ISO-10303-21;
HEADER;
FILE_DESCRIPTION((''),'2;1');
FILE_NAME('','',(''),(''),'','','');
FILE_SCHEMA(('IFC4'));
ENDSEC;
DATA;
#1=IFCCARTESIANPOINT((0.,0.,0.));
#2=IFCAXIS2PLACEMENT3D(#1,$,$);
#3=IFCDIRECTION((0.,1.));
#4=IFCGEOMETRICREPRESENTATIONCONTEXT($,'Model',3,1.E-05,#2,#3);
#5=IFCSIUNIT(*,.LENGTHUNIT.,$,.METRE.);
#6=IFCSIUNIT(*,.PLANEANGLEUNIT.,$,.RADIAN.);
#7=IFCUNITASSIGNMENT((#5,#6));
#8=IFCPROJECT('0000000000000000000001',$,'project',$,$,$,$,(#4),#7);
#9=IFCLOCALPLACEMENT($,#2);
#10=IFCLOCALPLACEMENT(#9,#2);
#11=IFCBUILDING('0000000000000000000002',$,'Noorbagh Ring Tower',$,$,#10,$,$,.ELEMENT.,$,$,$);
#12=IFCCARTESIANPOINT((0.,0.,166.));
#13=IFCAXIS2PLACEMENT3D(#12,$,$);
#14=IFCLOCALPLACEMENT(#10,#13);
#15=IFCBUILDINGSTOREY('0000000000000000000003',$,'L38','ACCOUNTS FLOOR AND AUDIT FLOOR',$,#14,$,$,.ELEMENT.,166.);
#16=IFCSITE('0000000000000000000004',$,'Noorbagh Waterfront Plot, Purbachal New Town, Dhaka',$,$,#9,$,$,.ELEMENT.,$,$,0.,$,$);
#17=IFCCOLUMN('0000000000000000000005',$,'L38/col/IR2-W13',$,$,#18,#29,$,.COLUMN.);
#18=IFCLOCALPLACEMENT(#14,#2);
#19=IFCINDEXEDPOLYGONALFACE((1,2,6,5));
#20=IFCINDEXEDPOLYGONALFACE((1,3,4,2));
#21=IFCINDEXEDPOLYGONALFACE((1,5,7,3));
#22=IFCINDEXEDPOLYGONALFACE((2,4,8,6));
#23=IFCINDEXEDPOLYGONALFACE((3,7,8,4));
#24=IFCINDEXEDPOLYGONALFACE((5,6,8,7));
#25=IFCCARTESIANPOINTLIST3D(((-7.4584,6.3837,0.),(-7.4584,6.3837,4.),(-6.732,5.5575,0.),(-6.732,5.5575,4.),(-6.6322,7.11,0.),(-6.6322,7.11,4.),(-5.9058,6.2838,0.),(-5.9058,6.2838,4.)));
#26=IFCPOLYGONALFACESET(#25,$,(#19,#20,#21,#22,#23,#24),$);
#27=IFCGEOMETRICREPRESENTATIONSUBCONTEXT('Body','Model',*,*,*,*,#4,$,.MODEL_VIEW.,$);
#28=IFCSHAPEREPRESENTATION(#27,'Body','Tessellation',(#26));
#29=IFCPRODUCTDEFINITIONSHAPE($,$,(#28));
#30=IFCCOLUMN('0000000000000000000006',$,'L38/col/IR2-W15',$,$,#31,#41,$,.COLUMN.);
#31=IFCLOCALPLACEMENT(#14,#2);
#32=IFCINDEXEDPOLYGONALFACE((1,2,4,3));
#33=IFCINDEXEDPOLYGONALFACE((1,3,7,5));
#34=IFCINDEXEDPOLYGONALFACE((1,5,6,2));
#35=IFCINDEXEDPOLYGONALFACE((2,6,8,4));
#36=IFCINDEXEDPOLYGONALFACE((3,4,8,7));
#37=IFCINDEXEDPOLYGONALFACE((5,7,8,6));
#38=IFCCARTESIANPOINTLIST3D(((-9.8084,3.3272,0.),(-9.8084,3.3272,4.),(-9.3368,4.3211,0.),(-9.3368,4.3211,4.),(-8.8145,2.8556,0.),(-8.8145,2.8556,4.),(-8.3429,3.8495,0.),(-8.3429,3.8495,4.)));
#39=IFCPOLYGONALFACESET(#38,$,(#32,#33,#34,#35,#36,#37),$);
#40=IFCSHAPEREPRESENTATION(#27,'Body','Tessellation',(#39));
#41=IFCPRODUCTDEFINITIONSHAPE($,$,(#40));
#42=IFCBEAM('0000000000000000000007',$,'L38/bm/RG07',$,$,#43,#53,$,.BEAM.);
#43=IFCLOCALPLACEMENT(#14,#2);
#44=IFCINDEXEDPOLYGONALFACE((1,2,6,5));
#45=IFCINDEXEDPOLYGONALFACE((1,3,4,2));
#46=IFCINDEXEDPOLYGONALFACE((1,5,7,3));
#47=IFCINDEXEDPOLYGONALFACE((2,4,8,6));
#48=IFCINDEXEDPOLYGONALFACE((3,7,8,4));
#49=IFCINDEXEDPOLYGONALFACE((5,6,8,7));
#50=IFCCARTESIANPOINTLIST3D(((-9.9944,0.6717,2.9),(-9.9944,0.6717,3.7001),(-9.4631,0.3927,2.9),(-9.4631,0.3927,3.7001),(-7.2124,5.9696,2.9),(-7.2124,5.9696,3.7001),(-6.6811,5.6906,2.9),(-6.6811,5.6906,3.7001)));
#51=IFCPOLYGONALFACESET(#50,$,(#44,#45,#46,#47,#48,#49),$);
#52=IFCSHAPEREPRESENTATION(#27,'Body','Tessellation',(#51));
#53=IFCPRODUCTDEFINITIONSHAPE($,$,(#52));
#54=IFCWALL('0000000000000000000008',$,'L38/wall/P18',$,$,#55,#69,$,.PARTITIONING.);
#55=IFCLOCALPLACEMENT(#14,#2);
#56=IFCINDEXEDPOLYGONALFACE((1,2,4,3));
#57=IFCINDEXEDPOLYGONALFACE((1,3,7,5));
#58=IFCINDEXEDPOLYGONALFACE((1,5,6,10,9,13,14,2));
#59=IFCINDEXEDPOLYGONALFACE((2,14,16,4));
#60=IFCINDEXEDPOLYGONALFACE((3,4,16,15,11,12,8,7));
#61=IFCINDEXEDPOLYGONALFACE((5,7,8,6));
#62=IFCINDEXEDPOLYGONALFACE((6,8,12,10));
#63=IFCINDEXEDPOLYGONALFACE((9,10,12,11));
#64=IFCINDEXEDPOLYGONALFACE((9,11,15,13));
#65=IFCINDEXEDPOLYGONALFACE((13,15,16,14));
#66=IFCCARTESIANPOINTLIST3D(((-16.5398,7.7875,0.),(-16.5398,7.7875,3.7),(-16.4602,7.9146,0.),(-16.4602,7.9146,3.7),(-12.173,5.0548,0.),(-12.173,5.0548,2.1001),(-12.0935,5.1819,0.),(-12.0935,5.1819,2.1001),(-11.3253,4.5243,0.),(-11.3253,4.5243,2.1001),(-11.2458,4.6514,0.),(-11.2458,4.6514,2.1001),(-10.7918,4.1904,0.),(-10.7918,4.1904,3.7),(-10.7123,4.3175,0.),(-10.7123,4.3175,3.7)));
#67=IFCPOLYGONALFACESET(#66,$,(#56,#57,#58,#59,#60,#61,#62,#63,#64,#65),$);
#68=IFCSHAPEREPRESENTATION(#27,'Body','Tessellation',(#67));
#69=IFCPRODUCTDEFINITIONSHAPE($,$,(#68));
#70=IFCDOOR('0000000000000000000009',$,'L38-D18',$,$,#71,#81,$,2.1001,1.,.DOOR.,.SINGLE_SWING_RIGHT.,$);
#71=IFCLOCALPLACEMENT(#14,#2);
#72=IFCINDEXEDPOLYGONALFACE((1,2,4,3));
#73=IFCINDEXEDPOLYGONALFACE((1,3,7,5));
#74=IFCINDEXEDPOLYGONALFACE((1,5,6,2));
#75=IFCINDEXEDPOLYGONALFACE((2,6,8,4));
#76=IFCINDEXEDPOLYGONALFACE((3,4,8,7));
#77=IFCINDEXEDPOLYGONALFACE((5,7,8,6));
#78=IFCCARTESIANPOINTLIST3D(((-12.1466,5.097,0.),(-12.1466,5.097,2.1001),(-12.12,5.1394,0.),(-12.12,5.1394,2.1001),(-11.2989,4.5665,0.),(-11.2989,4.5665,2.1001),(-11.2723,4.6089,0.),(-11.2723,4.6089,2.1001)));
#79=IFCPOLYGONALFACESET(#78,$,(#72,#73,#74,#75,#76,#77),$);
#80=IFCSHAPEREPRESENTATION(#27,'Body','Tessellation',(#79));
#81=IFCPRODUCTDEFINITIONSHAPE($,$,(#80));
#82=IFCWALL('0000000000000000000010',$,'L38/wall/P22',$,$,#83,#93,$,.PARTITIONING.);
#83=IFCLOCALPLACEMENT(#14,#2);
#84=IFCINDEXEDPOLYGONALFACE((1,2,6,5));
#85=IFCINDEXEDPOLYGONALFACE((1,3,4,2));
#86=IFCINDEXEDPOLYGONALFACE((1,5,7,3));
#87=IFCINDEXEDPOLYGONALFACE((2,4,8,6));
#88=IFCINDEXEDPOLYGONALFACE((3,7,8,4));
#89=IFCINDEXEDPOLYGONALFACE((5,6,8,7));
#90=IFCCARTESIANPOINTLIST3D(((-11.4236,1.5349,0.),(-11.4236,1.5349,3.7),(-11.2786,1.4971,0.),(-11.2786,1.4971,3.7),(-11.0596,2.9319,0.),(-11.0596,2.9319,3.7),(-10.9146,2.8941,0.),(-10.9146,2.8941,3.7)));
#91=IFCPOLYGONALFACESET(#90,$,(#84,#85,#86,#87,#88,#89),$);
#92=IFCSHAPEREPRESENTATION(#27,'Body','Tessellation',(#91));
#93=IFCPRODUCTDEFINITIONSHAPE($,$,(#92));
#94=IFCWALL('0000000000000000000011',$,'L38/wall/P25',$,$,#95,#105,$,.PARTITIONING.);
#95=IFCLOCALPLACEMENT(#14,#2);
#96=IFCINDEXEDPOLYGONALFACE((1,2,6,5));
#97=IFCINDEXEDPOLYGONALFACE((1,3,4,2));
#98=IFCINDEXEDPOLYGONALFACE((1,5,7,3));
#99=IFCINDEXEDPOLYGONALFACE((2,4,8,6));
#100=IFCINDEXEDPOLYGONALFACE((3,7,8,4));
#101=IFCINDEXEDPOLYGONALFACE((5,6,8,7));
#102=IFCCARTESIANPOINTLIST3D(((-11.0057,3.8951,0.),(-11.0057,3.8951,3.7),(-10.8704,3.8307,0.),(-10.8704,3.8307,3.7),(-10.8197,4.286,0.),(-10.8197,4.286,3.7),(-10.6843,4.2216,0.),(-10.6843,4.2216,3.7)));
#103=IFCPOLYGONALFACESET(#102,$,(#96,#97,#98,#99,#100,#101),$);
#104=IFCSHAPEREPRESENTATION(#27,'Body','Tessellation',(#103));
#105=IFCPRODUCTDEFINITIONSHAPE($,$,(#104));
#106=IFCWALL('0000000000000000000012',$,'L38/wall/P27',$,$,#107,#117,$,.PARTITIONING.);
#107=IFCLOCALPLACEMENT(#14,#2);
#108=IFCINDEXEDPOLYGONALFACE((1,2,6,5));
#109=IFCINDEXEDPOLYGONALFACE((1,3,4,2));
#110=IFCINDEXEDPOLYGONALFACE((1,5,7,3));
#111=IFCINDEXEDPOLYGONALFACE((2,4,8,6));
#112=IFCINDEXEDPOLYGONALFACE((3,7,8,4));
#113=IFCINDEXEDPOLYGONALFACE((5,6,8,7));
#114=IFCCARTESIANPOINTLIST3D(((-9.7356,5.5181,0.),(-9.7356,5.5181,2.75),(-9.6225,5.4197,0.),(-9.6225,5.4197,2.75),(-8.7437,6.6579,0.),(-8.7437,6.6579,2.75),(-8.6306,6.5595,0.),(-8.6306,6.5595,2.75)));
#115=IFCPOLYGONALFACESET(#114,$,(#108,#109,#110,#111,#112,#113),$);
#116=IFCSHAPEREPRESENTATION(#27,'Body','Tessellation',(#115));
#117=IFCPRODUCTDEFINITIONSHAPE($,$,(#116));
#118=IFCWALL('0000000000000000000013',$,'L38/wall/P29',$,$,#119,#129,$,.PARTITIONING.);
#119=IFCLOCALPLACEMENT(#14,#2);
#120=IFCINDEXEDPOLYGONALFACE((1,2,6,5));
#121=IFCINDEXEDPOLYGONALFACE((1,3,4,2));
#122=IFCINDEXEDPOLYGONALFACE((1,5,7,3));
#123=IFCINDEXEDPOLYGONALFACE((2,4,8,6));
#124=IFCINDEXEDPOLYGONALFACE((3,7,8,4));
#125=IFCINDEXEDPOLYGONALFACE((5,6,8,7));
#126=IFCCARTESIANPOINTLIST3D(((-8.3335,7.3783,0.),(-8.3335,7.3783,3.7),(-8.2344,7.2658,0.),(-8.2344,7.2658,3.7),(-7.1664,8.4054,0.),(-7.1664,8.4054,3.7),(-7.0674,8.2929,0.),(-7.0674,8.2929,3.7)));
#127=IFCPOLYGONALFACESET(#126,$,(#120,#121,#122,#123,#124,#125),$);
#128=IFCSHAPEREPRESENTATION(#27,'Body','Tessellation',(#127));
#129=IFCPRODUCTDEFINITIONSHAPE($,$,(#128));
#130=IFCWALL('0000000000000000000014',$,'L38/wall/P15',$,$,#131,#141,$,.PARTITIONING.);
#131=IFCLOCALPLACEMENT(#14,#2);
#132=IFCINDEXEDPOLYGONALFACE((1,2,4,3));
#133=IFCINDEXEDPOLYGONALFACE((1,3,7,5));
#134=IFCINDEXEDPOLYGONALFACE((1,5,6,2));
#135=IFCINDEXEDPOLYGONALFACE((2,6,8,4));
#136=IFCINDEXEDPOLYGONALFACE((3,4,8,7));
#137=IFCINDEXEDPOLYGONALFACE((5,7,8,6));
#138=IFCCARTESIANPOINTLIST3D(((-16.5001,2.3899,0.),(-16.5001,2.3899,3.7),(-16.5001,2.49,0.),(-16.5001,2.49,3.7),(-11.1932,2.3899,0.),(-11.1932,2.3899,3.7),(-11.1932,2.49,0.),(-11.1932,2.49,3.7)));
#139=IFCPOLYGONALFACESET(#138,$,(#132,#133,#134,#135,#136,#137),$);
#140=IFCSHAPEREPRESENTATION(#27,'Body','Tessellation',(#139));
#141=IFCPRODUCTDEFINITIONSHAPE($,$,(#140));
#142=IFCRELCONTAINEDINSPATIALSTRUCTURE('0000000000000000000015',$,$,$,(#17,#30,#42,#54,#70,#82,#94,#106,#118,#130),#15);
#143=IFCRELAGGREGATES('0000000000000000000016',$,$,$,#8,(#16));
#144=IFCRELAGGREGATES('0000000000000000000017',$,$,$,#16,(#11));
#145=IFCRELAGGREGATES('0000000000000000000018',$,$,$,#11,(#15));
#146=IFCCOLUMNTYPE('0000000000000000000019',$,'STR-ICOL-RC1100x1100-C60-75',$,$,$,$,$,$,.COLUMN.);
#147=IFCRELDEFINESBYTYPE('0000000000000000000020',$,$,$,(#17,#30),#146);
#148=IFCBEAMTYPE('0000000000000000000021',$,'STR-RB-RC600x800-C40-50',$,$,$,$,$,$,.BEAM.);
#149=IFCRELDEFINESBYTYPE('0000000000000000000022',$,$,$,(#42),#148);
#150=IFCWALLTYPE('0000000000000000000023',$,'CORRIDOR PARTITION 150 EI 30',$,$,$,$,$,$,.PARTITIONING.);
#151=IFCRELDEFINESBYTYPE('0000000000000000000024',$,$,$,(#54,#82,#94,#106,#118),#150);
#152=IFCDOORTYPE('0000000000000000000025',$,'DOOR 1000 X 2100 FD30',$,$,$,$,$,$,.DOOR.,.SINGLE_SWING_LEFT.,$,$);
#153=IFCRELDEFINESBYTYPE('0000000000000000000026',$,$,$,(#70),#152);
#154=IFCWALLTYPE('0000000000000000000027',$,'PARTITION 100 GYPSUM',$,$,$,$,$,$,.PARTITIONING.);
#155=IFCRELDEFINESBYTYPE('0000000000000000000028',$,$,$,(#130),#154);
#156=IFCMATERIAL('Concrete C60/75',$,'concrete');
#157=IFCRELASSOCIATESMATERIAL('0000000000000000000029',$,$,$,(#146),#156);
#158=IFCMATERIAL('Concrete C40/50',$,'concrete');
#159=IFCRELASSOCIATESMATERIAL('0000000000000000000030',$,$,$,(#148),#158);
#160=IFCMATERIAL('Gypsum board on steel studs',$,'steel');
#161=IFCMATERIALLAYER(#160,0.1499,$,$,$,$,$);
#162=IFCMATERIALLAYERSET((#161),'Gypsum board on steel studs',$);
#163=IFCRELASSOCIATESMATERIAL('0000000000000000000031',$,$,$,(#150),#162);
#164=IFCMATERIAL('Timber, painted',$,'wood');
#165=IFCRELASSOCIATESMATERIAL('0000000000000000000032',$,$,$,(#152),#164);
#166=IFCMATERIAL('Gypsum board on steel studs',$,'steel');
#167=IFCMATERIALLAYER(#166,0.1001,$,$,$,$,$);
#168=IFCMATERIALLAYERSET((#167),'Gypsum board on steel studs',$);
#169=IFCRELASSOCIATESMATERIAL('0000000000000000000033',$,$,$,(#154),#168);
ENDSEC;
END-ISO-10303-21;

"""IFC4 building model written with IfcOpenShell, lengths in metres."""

from ifc_helpers import new_model, si_unit, direction, frame, frame_2d, origin, origin_2d, place, context, subcontext, project, spatial, rectangle, extrude, material, layer, layer_set, material_profile, profile_set, type_object, element, fill, save


model = new_model("IFC4")

# Units and contexts
model_context = context("Model", 3, precision=1e-05, world=origin(), true_north=direction((0.0, 1.0)))
body_context = subcontext(model_context, "Body", "Model", "MODEL_VIEW")
ifc_project = project(units=[si_unit("LENGTHUNIT", "METRE"), si_unit("PLANEANGLEUNIT", "RADIAN")], contexts=[model_context])

# Site, building, storey
site_placement = place(None, origin())
site = spatial("IfcSite", under=ifc_project, at=site_placement, Name="Noorbagh Waterfront Plot, Purbachal New Town, Dhaka", CompositionType="ELEMENT", RefElevation=0.0)
building_placement = place(site_placement, origin())
building = spatial("IfcBuilding", under=site, at=building_placement, Name="Noorbagh Ring Tower", CompositionType="ELEMENT")
storey_placement = place(building_placement, frame((0.0, 0.0, 166.0)))
storey = spatial("IfcBuildingStorey", under=building, at=storey_placement, Name="L38", Description="ACCOUNTS FLOOR AND AUDIT FLOOR", CompositionType="ELEMENT", Elevation=166.0)

# Columns
ifc_material_1 = material(Name="Concrete C60/75", Category="concrete")
ifc_material_profile_1 = material_profile(ifc_material_1, rectangle(XDim=1.1001, YDim=1.1001, at=origin_2d()), Name="RC1100x1100")
ifc_profile_set_1 = profile_set([ifc_material_profile_1], Name="Concrete C60/75")
column_type = type_object("IfcColumnType", Name="STR-ICOL-RC1100x1100-C60-75", PredefinedType="COLUMN", material=ifc_profile_set_1)
for number, where, z_axis, x_axis, name in (
    (1, (-6.6821, 6.3337, 0.0), (0.0, 0.0, 1.0), (-0.751022, -0.660277, 0.0), "L38/col/IR2-W13"),
    (2, (-9.0757, 3.5884, 0.0), (0.0, 0.0, 1.0), (-0.428667, -0.903463, 0.0), "L38/col/IR2-W15"),
):
    element("IfcColumn", number, at=place(storey_placement, frame(where, z_axis=z_axis, x_axis=x_axis)), inside=storey, type_object=column_type, Name=name, PredefinedType="COLUMN", context=body_context, shape_type="SweptSolid", body=[
        extrude(rectangle(XDim=1.1001, YDim=1.1001, at=origin_2d()), origin(), (0.0, 0.0, 1.0), 4.0),
    ])

# Beam
ifc_material_2 = material(Name="Concrete C40/50", Category="concrete")
ifc_material_profile_2 = material_profile(ifc_material_2, rectangle(XDim=0.6001, YDim=0.8, at=origin_2d()), Name="RC600x800")
ifc_profile_set_2 = profile_set([ifc_material_profile_2], Name="Concrete C40/50")
beam_type = type_object("IfcBeamType", Name="STR-RB-RC600x800-C40-50", PredefinedType="BEAM", material=ifc_profile_set_2)
beam_placement = place(storey_placement, frame((-6.9468, 5.8301, 3.3), z_axis=(-0.464914, -0.885356, 0.0), x_axis=(0.885356, -0.464914, 0.0)))
element("IfcBeam", 3, at=beam_placement, inside=storey, type_object=beam_type, Name="L38/bm/RG07", PredefinedType="BEAM", context=body_context, shape_type="SweptSolid", body=[
    extrude(rectangle(XDim=0.6001, YDim=0.8, at=origin_2d()), origin(), (0.0, 0.0, 1.0), 5.9839),
])

# Wall, opening, door
ifc_material_3 = material(Name="Gypsum board on steel studs", Category="steel")
ifc_layer_1 = layer(ifc_material_3, 0.1499)
ifc_layer_set_1 = layer_set([ifc_layer_1], Name="Gypsum board on steel studs")
wall_type_1 = type_object("IfcWallType", Name="CORRIDOR PARTITION 150 EI 30", PredefinedType="PARTITIONING", material=ifc_layer_set_1)
wall_1_placement = place(storey_placement, frame((-16.5, 7.8511, 0.0), z_axis=(0.0, 0.0, 1.0), x_axis=(0.847691, -0.530491, 0.0)))
wall_1 = element("IfcWall", 4, at=wall_1_placement, inside=storey, type_object=wall_type_1, Name="L38/wall/P18", PredefinedType="PARTITIONING", context=body_context, shape_type="SweptSolid", body=[
    extrude(rectangle(XDim=6.7808, YDim=0.1499, at=frame_2d((3.3904, 0.0))), origin(), (0.0, 0.0, 1.0), 3.7),
])
opening_placement = place(wall_1_placement, frame((5.1514, 0.0, 0.0)))
opening = element("IfcOpeningElement", 5, at=opening_placement, cuts=wall_1, PredefinedType="OPENING", context=body_context, shape_type="SweptSolid", body=[
    extrude(rectangle(XDim=1.0, YDim=2.1001, at=frame_2d((0.5, 1.05))), frame((0.0, 0.085, 0.0), z_axis=(0.0, -1.0, 0.0), x_axis=(1.0, 0.0, 0.0)), (0.0, 0.0, 1.0), 0.1699),
])
ifc_material_4 = material(Name="Timber, painted", Category="wood")
door_type = type_object("IfcDoorType", Name="DOOR 1000 X 2100 FD30", OperationType="SINGLE_SWING_LEFT", PredefinedType="DOOR", material=ifc_material_4)
door_placement = place(opening_placement, origin())
door = element("IfcDoor", 6, at=door_placement, inside=storey, type_object=door_type, Name="L38-D18", OperationType="SINGLE_SWING_RIGHT", OverallHeight=2.1001, OverallWidth=1.0, PredefinedType="DOOR", context=body_context, shape_type="SweptSolid", body=[
    extrude(rectangle(XDim=1.0, YDim=2.1001, at=frame_2d((0.5, 1.05))), frame((0.0, 0.0249, 0.0), z_axis=(0.0, -1.0, 0.0), x_axis=(1.0, 0.0, 0.0)), (0.0, 0.0, 1.0), 0.05),
])
fill(opening, door)

# Walls
wall_2_placement = place(storey_placement, frame((-11.3511, 1.5161, 0.0), z_axis=(0.0, 0.0, 1.0), x_axis=(0.252153, 0.967687, 0.0)))
element("IfcWall", 7, at=wall_2_placement, inside=storey, type_object=wall_type_1, Name="L38/wall/P22", PredefinedType="PARTITIONING", context=body_context, shape_type="SweptSolid", body=[
    extrude(rectangle(XDim=1.4436, YDim=0.1499, at=frame_2d((0.7217, 0.0))), origin(), (0.0, 0.0, 1.0), 3.7),
])
wall_3_placement = place(storey_placement, frame((-10.938, 3.863, 0.0), z_axis=(0.0, 0.0, 1.0), x_axis=(0.429758, 0.902944, 0.0)))
element("IfcWall", 8, at=wall_3_placement, inside=storey, type_object=wall_type_1, Name="L38/wall/P25", PredefinedType="PARTITIONING", context=body_context, shape_type="SweptSolid", body=[
    extrude(rectangle(XDim=0.4329, YDim=0.1499, at=frame_2d((0.2163, 0.0))), origin(), (0.0, 0.0, 1.0), 3.7),
])
wall_4_placement = place(storey_placement, frame((-9.679, 5.469, 0.0), z_axis=(0.0, 0.0, 1.0), x_axis=(0.656455, 0.754365, 0.0)))
element("IfcWall", 9, at=wall_4_placement, inside=storey, type_object=wall_type_1, Name="L38/wall/P27", PredefinedType="PARTITIONING", context=body_context, shape_type="SweptSolid", body=[
    extrude(rectangle(XDim=1.511, YDim=0.1499, at=frame_2d((0.7554, 0.0))), origin(), (0.0, 0.0, 1.0), 2.75),
])
wall_5_placement = place(storey_placement, frame((-8.2839, 7.322, 0.0), z_axis=(0.0, 0.0, 1.0), x_axis=(0.750667, 0.660681, 0.0)))
element("IfcWall", 10, at=wall_5_placement, inside=storey, type_object=wall_type_1, Name="L38/wall/P29", PredefinedType="PARTITIONING", context=body_context, shape_type="SweptSolid", body=[
    extrude(rectangle(XDim=1.5547, YDim=0.1499, at=frame_2d((0.7773, 0.0))), origin(), (0.0, 0.0, 1.0), 3.7),
])
ifc_material_5 = material(Name="Gypsum board on steel studs", Category="steel")
ifc_layer_2 = layer(ifc_material_5, 0.1001)
ifc_layer_set_2 = layer_set([ifc_layer_2], Name="Gypsum board on steel studs")
wall_type_2 = type_object("IfcWallType", Name="PARTITION 100 GYPSUM", PredefinedType="PARTITIONING", material=ifc_layer_set_2)
wall_6_placement = place(storey_placement, frame((-16.5, 2.4399, 0.0), z_axis=(0.0, 0.0, 1.0), x_axis=(1.0, 0.0, 0.0)))
element("IfcWall", 11, at=wall_6_placement, inside=storey, type_object=wall_type_2, Name="L38/wall/P15", PredefinedType="PARTITIONING", context=body_context, shape_type="SweptSolid", body=[
    extrude(rectangle(XDim=5.3069, YDim=0.1001, at=frame_2d((2.6533, 0.0))), origin(), (0.0, 0.0, 1.0), 3.7),
])

save(model, "model.ifc")
